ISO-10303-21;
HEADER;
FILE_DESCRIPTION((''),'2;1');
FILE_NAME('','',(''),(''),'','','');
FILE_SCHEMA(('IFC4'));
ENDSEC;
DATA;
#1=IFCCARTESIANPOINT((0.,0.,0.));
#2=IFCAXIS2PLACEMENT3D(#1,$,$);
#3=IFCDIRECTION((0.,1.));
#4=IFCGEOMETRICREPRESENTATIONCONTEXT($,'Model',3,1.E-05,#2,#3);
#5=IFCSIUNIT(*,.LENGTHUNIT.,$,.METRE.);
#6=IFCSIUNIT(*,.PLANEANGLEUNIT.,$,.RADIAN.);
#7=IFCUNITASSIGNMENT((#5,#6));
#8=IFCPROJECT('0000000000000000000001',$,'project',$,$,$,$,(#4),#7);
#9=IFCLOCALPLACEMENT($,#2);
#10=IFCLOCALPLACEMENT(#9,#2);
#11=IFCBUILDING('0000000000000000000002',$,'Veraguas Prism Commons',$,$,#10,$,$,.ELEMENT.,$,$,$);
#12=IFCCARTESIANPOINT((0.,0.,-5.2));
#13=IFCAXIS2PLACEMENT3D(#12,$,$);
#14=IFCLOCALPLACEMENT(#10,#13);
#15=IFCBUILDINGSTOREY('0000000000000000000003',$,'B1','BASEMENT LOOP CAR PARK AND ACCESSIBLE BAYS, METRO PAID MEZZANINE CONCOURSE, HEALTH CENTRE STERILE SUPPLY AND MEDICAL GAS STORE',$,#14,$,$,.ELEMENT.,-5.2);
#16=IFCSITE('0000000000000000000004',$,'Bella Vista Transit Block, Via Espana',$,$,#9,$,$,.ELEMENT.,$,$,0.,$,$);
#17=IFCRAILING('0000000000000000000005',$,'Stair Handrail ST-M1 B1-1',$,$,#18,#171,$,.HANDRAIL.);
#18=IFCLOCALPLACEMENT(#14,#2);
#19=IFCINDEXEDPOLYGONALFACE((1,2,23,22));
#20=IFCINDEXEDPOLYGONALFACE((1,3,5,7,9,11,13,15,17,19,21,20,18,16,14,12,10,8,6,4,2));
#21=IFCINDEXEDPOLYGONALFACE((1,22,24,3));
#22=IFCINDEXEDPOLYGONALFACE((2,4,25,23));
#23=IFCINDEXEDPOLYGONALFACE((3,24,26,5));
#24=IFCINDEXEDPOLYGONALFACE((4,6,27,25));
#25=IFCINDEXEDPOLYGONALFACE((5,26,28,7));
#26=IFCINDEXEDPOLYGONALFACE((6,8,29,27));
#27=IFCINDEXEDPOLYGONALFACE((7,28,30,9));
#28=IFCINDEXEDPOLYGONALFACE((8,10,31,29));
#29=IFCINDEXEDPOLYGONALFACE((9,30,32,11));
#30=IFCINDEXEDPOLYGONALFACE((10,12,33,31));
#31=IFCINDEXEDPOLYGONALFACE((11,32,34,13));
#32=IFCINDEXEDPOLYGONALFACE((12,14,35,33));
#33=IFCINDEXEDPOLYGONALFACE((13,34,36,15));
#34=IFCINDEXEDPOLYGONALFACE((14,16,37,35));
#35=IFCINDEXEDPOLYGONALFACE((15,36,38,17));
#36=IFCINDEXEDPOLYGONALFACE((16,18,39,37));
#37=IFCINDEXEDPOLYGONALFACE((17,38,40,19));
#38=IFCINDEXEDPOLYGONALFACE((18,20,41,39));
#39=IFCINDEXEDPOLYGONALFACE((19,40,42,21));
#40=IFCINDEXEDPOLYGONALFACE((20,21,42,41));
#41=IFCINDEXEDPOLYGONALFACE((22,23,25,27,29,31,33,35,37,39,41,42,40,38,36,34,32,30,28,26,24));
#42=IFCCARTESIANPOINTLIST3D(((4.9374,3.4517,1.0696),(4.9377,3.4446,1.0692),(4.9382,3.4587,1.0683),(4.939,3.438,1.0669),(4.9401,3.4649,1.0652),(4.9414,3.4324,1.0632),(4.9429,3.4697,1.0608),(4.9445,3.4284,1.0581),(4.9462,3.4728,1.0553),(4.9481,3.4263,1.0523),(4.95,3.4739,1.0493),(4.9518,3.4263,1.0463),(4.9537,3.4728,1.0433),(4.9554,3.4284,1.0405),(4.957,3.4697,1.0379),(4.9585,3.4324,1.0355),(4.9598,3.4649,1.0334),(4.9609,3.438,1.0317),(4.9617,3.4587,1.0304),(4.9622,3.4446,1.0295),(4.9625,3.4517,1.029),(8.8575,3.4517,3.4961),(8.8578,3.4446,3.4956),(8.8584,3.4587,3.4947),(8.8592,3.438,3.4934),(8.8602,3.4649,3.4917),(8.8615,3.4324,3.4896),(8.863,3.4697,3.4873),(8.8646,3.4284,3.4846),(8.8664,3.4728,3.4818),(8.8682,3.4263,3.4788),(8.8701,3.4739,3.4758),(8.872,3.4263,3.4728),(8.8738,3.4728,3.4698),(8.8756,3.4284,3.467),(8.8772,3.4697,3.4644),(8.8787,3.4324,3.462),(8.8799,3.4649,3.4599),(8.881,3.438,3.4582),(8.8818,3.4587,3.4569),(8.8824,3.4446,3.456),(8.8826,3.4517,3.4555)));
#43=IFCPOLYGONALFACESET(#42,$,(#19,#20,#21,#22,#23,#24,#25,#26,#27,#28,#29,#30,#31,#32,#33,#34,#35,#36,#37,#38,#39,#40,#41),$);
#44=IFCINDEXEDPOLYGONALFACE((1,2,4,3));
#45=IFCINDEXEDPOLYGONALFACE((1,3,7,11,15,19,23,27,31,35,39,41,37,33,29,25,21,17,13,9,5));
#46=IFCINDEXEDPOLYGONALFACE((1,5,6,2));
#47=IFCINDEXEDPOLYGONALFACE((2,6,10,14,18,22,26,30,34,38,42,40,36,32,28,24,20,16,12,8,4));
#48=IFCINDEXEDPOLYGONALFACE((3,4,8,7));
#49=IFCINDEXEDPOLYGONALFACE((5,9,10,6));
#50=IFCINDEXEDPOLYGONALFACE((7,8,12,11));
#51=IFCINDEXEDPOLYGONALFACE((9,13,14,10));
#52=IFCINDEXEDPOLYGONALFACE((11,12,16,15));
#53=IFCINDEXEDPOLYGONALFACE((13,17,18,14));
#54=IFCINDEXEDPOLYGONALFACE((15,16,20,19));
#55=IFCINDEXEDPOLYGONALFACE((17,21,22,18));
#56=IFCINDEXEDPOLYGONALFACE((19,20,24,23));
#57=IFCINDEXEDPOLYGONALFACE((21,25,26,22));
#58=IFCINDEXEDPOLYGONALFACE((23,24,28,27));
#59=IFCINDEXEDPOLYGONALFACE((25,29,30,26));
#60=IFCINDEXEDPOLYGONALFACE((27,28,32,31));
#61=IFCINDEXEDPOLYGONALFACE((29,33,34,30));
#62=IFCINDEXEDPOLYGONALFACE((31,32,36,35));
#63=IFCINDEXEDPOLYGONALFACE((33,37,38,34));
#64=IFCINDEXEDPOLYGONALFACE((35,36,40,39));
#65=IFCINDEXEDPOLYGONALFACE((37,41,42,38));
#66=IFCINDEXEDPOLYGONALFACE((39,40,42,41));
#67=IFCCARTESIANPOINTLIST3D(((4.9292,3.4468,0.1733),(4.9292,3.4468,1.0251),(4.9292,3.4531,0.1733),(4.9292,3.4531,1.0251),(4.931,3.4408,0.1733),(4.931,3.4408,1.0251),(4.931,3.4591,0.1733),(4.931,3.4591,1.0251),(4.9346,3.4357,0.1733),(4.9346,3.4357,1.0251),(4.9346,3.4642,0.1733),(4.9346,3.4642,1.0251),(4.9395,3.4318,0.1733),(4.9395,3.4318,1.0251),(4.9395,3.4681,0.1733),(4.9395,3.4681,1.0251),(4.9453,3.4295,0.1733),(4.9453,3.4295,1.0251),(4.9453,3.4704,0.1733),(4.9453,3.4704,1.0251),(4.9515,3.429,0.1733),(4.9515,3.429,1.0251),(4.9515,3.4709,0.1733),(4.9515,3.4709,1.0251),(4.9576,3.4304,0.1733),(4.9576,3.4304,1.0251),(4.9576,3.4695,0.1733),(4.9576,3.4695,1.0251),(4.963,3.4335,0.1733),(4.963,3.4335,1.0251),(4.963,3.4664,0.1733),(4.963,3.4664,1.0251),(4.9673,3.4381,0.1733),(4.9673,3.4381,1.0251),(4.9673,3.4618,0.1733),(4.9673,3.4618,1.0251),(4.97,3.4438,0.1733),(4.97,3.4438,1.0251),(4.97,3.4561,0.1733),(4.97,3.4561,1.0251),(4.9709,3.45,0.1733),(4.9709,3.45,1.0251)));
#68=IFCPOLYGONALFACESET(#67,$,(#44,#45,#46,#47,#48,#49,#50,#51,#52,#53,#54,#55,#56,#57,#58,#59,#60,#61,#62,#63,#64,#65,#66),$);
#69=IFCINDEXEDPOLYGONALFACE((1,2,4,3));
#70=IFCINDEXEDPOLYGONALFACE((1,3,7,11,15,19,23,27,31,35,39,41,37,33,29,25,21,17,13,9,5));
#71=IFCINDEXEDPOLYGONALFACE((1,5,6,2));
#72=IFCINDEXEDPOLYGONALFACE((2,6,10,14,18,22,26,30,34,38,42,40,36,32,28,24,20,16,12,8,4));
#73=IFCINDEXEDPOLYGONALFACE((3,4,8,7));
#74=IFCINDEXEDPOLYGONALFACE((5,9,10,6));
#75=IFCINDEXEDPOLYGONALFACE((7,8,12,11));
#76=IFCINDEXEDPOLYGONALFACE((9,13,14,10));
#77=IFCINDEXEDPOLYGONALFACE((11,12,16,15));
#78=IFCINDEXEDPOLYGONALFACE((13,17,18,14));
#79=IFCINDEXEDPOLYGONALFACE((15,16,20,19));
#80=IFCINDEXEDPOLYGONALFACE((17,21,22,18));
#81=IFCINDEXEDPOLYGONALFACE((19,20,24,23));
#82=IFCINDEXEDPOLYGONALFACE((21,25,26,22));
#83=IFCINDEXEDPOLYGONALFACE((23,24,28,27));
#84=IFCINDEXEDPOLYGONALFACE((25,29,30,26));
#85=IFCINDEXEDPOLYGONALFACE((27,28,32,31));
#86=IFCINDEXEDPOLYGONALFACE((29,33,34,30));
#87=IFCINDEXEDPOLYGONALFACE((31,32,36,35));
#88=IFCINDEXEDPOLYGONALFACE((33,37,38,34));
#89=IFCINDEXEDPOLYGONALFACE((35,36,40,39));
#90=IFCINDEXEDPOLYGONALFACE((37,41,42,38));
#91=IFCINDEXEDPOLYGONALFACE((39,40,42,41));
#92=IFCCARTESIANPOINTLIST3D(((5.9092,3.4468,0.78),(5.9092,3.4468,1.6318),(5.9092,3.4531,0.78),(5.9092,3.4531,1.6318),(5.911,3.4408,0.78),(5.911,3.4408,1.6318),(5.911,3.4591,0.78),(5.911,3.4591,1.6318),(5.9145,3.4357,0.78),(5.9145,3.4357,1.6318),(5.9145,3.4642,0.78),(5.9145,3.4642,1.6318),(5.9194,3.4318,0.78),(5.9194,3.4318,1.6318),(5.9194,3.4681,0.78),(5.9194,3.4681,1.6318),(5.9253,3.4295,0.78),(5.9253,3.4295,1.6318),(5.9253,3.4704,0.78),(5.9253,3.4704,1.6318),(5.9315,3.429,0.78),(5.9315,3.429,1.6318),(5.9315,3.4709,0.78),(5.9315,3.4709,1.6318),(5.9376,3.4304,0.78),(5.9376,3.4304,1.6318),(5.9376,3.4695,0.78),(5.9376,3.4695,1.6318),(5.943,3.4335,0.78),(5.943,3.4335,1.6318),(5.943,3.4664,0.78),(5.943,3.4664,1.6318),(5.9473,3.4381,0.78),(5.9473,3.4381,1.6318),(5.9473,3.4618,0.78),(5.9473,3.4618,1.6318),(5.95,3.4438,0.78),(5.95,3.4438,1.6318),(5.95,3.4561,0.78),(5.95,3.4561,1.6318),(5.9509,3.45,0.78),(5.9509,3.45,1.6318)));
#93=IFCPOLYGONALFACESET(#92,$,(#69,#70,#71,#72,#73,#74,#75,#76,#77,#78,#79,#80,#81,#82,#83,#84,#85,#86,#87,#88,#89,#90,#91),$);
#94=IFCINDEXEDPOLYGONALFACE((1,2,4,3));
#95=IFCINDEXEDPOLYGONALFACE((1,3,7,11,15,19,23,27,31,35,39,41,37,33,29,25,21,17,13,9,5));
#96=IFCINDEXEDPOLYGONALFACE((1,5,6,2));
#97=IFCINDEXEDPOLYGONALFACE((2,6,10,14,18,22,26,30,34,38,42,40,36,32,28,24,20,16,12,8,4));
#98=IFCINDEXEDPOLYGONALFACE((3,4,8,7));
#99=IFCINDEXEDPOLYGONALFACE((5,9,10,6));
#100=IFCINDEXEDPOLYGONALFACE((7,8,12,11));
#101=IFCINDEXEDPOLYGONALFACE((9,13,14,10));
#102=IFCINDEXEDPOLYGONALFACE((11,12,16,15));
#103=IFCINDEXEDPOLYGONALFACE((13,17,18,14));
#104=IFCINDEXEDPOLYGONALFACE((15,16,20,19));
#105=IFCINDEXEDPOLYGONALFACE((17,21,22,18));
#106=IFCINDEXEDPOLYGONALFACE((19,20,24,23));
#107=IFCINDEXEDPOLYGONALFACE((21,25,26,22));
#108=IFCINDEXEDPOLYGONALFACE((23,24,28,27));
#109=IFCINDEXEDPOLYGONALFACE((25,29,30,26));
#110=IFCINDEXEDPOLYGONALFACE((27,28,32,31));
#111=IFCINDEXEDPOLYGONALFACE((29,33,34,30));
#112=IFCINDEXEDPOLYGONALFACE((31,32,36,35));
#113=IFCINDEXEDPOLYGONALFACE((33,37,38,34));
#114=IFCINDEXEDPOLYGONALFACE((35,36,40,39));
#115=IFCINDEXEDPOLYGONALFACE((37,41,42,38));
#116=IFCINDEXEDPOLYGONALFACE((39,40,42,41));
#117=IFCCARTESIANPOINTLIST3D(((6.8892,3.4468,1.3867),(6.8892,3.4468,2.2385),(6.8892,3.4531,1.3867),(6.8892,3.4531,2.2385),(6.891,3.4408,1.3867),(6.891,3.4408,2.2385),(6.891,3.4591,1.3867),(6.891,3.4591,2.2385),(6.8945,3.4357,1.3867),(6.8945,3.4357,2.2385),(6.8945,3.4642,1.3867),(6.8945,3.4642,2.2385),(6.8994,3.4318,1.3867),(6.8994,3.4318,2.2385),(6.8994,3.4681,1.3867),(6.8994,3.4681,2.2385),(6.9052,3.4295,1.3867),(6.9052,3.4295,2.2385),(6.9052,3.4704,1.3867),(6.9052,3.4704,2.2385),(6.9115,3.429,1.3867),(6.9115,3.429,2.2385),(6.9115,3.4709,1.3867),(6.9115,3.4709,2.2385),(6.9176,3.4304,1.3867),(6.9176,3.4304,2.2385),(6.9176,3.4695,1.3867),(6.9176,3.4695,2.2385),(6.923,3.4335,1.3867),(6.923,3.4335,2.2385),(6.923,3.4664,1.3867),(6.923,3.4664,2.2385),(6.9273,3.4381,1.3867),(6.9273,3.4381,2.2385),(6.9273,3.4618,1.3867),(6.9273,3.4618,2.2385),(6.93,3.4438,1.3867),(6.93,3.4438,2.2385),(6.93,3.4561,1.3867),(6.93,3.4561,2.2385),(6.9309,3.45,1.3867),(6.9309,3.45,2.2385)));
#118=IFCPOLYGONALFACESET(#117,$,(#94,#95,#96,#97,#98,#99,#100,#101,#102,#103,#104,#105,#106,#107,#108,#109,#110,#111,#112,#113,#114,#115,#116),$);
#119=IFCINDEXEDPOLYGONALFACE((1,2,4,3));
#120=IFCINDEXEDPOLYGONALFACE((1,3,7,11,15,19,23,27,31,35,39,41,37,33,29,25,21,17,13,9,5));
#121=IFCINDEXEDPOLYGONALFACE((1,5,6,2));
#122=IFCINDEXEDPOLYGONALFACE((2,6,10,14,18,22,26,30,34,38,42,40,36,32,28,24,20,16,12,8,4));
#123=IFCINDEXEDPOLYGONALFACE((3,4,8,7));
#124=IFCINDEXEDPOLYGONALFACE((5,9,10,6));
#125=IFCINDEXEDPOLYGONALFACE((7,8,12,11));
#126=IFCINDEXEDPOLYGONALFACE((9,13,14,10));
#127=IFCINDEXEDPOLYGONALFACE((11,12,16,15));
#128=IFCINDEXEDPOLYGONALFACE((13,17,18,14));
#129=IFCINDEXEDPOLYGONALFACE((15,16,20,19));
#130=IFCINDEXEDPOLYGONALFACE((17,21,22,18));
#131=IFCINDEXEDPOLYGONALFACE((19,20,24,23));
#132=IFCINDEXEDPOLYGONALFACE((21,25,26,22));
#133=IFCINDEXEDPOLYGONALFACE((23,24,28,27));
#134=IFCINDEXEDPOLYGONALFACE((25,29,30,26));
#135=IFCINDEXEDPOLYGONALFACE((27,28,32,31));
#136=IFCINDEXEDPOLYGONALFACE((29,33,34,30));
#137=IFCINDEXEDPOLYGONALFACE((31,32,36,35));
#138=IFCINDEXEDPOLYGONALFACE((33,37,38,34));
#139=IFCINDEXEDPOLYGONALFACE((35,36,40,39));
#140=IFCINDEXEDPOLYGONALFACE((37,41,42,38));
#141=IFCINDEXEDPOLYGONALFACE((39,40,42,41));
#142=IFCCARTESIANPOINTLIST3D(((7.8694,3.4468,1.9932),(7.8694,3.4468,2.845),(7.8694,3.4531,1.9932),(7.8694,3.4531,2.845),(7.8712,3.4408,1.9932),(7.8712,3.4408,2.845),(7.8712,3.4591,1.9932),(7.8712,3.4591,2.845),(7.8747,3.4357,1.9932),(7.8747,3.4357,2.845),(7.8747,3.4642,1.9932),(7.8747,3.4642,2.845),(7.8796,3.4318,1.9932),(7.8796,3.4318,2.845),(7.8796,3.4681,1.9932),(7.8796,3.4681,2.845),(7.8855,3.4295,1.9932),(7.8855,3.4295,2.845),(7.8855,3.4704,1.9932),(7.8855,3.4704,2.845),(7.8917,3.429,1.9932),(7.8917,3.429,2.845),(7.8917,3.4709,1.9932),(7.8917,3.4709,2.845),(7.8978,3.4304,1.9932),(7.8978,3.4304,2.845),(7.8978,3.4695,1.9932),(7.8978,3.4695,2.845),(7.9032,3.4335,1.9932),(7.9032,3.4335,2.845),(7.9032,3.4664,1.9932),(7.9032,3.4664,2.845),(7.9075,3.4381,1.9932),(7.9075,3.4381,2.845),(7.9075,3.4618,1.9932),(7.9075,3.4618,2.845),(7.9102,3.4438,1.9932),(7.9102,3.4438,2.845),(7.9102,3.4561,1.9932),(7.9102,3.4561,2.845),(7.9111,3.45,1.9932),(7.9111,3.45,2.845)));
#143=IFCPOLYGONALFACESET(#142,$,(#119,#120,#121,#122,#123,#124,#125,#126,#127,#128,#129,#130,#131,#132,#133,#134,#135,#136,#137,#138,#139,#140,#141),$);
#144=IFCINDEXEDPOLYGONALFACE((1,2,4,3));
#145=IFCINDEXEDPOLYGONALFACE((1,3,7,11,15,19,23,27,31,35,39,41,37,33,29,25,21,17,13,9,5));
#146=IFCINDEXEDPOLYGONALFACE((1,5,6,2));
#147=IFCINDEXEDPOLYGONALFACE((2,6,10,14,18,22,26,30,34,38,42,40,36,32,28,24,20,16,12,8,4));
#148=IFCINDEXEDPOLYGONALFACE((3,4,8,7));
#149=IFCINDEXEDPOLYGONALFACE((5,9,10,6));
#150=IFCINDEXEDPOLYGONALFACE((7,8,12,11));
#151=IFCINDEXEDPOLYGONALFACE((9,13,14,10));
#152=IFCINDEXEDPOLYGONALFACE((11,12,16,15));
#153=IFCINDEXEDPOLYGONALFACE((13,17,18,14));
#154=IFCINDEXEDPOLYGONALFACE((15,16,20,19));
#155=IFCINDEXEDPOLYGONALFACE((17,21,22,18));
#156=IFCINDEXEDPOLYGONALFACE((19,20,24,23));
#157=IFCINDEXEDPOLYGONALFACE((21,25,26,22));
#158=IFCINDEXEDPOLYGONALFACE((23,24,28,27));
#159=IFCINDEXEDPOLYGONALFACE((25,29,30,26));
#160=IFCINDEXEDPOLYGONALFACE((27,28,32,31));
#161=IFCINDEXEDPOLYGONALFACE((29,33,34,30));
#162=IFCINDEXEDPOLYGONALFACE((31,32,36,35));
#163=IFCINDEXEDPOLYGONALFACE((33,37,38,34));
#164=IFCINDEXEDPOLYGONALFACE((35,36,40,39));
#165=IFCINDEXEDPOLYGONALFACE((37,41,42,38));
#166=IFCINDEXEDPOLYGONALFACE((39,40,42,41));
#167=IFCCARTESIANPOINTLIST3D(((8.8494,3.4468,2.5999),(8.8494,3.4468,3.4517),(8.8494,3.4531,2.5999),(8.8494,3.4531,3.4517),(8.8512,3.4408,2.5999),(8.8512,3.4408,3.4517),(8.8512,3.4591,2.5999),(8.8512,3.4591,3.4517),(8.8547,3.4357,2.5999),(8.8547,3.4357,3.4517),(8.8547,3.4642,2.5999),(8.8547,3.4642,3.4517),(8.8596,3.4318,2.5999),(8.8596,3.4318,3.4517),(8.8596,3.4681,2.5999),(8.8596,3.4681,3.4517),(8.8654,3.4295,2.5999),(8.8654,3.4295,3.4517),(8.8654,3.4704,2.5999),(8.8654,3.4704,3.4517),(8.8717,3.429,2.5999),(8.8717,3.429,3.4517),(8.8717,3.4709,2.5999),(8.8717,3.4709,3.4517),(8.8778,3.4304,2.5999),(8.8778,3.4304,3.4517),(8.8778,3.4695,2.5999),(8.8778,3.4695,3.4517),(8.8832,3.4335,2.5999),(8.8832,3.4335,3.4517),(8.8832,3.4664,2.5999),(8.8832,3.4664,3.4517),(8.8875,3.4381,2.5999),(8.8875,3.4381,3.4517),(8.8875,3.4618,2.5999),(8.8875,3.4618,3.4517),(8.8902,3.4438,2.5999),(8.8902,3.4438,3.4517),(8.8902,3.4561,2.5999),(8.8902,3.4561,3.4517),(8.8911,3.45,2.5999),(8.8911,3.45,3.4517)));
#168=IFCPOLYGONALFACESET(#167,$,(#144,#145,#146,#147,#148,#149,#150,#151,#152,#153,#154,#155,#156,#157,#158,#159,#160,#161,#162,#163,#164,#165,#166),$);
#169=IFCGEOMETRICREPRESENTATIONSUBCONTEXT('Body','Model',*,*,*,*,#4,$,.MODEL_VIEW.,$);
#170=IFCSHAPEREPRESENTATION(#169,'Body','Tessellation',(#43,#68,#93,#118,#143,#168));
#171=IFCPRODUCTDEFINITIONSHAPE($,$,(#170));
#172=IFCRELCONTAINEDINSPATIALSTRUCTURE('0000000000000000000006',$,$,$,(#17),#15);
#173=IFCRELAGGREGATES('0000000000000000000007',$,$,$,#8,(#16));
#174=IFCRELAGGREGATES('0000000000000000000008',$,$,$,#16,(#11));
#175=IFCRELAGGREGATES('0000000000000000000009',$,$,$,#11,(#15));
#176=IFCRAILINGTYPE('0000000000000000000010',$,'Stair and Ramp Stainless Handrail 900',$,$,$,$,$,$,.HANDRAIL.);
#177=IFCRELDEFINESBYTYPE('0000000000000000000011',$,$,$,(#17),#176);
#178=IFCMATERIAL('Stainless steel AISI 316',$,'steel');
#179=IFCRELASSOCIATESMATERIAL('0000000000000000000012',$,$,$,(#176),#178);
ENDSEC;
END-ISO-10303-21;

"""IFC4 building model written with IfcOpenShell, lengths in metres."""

from ifc_helpers import new_model, si_unit, direction, frame, origin, origin_2d, place, context, subcontext, project, spatial, circle, extrude, material, type_object, element, save


model = new_model("IFC4")

# Units and contexts
model_context = context("Model", 3, precision=1e-05, world=origin(), true_north=direction((0.0, 1.0)))
body_context = subcontext(model_context, "Body", "Model", "MODEL_VIEW")
ifc_project = project(units=[si_unit("LENGTHUNIT", "METRE"), si_unit("PLANEANGLEUNIT", "RADIAN")], contexts=[model_context])

# Site, building, storey
site_placement = place(None, origin())
site = spatial("IfcSite", under=ifc_project, at=site_placement, Name="Bella Vista Transit Block, Via Espana", CompositionType="ELEMENT", RefElevation=0.0)
building_placement = place(site_placement, origin())
building = spatial("IfcBuilding", under=site, at=building_placement, Name="Veraguas Prism Commons", CompositionType="ELEMENT")
storey_placement = place(building_placement, frame((0.0, 0.0, -5.2)))
storey = spatial("IfcBuildingStorey", under=building, at=storey_placement, Name="B1", Description="BASEMENT LOOP CAR PARK AND ACCESSIBLE BAYS, METRO PAID MEZZANINE CONCOURSE, HEALTH CENTRE STERILE SUPPLY AND MEDICAL GAS STORE", CompositionType="ELEMENT", Elevation=-5.2)

# Shared definitions
ifc_material_1 = material(Name="Stainless steel AISI 316", Category="steel")

# Railing
railing_type_1 = type_object("IfcRailingType", Name="Stair and Ramp Stainless Handrail 900", PredefinedType="HANDRAIL", material=ifc_material_1)
railing_1_placement = place(storey_placement, frame((4.95, 3.45, 0.1733)))
element("IfcRailing", 1, at=railing_1_placement, inside=storey, type_object=railing_type_1, Name="Stair Handrail ST-M1 B1-1", PredefinedType="HANDRAIL", context=body_context, shape_type="SweptSolid", body=[
    extrude(circle(Radius=0.0239, at=origin_2d()), frame((0.0, 0.0, 0.876), z_axis=(0.85029, 0.0, 0.526315), x_axis=(0.0, 1.0, 0.0)), (0.0, 0.0, 1.0), 4.6104),
    extrude(circle(Radius=0.021, at=origin_2d()), origin(), (0.0, 0.0, 1.0), 0.8518),
    extrude(circle(Radius=0.021, at=origin_2d()), frame((0.98, 0.0, 0.6067)), (0.0, 0.0, 1.0), 0.8518),
    extrude(circle(Radius=0.021, at=origin_2d()), frame((1.96, 0.0, 1.2134)), (0.0, 0.0, 1.0), 0.8518),
    extrude(circle(Radius=0.021, at=origin_2d()), frame((2.9402, 0.0, 1.8198)), (0.0, 0.0, 1.0), 0.8518),
    extrude(circle(Radius=0.021, at=origin_2d()), frame((3.9202, 0.0, 2.4265)), (0.0, 0.0, 1.0), 0.8518),
])

save(model, "model.ifc")
